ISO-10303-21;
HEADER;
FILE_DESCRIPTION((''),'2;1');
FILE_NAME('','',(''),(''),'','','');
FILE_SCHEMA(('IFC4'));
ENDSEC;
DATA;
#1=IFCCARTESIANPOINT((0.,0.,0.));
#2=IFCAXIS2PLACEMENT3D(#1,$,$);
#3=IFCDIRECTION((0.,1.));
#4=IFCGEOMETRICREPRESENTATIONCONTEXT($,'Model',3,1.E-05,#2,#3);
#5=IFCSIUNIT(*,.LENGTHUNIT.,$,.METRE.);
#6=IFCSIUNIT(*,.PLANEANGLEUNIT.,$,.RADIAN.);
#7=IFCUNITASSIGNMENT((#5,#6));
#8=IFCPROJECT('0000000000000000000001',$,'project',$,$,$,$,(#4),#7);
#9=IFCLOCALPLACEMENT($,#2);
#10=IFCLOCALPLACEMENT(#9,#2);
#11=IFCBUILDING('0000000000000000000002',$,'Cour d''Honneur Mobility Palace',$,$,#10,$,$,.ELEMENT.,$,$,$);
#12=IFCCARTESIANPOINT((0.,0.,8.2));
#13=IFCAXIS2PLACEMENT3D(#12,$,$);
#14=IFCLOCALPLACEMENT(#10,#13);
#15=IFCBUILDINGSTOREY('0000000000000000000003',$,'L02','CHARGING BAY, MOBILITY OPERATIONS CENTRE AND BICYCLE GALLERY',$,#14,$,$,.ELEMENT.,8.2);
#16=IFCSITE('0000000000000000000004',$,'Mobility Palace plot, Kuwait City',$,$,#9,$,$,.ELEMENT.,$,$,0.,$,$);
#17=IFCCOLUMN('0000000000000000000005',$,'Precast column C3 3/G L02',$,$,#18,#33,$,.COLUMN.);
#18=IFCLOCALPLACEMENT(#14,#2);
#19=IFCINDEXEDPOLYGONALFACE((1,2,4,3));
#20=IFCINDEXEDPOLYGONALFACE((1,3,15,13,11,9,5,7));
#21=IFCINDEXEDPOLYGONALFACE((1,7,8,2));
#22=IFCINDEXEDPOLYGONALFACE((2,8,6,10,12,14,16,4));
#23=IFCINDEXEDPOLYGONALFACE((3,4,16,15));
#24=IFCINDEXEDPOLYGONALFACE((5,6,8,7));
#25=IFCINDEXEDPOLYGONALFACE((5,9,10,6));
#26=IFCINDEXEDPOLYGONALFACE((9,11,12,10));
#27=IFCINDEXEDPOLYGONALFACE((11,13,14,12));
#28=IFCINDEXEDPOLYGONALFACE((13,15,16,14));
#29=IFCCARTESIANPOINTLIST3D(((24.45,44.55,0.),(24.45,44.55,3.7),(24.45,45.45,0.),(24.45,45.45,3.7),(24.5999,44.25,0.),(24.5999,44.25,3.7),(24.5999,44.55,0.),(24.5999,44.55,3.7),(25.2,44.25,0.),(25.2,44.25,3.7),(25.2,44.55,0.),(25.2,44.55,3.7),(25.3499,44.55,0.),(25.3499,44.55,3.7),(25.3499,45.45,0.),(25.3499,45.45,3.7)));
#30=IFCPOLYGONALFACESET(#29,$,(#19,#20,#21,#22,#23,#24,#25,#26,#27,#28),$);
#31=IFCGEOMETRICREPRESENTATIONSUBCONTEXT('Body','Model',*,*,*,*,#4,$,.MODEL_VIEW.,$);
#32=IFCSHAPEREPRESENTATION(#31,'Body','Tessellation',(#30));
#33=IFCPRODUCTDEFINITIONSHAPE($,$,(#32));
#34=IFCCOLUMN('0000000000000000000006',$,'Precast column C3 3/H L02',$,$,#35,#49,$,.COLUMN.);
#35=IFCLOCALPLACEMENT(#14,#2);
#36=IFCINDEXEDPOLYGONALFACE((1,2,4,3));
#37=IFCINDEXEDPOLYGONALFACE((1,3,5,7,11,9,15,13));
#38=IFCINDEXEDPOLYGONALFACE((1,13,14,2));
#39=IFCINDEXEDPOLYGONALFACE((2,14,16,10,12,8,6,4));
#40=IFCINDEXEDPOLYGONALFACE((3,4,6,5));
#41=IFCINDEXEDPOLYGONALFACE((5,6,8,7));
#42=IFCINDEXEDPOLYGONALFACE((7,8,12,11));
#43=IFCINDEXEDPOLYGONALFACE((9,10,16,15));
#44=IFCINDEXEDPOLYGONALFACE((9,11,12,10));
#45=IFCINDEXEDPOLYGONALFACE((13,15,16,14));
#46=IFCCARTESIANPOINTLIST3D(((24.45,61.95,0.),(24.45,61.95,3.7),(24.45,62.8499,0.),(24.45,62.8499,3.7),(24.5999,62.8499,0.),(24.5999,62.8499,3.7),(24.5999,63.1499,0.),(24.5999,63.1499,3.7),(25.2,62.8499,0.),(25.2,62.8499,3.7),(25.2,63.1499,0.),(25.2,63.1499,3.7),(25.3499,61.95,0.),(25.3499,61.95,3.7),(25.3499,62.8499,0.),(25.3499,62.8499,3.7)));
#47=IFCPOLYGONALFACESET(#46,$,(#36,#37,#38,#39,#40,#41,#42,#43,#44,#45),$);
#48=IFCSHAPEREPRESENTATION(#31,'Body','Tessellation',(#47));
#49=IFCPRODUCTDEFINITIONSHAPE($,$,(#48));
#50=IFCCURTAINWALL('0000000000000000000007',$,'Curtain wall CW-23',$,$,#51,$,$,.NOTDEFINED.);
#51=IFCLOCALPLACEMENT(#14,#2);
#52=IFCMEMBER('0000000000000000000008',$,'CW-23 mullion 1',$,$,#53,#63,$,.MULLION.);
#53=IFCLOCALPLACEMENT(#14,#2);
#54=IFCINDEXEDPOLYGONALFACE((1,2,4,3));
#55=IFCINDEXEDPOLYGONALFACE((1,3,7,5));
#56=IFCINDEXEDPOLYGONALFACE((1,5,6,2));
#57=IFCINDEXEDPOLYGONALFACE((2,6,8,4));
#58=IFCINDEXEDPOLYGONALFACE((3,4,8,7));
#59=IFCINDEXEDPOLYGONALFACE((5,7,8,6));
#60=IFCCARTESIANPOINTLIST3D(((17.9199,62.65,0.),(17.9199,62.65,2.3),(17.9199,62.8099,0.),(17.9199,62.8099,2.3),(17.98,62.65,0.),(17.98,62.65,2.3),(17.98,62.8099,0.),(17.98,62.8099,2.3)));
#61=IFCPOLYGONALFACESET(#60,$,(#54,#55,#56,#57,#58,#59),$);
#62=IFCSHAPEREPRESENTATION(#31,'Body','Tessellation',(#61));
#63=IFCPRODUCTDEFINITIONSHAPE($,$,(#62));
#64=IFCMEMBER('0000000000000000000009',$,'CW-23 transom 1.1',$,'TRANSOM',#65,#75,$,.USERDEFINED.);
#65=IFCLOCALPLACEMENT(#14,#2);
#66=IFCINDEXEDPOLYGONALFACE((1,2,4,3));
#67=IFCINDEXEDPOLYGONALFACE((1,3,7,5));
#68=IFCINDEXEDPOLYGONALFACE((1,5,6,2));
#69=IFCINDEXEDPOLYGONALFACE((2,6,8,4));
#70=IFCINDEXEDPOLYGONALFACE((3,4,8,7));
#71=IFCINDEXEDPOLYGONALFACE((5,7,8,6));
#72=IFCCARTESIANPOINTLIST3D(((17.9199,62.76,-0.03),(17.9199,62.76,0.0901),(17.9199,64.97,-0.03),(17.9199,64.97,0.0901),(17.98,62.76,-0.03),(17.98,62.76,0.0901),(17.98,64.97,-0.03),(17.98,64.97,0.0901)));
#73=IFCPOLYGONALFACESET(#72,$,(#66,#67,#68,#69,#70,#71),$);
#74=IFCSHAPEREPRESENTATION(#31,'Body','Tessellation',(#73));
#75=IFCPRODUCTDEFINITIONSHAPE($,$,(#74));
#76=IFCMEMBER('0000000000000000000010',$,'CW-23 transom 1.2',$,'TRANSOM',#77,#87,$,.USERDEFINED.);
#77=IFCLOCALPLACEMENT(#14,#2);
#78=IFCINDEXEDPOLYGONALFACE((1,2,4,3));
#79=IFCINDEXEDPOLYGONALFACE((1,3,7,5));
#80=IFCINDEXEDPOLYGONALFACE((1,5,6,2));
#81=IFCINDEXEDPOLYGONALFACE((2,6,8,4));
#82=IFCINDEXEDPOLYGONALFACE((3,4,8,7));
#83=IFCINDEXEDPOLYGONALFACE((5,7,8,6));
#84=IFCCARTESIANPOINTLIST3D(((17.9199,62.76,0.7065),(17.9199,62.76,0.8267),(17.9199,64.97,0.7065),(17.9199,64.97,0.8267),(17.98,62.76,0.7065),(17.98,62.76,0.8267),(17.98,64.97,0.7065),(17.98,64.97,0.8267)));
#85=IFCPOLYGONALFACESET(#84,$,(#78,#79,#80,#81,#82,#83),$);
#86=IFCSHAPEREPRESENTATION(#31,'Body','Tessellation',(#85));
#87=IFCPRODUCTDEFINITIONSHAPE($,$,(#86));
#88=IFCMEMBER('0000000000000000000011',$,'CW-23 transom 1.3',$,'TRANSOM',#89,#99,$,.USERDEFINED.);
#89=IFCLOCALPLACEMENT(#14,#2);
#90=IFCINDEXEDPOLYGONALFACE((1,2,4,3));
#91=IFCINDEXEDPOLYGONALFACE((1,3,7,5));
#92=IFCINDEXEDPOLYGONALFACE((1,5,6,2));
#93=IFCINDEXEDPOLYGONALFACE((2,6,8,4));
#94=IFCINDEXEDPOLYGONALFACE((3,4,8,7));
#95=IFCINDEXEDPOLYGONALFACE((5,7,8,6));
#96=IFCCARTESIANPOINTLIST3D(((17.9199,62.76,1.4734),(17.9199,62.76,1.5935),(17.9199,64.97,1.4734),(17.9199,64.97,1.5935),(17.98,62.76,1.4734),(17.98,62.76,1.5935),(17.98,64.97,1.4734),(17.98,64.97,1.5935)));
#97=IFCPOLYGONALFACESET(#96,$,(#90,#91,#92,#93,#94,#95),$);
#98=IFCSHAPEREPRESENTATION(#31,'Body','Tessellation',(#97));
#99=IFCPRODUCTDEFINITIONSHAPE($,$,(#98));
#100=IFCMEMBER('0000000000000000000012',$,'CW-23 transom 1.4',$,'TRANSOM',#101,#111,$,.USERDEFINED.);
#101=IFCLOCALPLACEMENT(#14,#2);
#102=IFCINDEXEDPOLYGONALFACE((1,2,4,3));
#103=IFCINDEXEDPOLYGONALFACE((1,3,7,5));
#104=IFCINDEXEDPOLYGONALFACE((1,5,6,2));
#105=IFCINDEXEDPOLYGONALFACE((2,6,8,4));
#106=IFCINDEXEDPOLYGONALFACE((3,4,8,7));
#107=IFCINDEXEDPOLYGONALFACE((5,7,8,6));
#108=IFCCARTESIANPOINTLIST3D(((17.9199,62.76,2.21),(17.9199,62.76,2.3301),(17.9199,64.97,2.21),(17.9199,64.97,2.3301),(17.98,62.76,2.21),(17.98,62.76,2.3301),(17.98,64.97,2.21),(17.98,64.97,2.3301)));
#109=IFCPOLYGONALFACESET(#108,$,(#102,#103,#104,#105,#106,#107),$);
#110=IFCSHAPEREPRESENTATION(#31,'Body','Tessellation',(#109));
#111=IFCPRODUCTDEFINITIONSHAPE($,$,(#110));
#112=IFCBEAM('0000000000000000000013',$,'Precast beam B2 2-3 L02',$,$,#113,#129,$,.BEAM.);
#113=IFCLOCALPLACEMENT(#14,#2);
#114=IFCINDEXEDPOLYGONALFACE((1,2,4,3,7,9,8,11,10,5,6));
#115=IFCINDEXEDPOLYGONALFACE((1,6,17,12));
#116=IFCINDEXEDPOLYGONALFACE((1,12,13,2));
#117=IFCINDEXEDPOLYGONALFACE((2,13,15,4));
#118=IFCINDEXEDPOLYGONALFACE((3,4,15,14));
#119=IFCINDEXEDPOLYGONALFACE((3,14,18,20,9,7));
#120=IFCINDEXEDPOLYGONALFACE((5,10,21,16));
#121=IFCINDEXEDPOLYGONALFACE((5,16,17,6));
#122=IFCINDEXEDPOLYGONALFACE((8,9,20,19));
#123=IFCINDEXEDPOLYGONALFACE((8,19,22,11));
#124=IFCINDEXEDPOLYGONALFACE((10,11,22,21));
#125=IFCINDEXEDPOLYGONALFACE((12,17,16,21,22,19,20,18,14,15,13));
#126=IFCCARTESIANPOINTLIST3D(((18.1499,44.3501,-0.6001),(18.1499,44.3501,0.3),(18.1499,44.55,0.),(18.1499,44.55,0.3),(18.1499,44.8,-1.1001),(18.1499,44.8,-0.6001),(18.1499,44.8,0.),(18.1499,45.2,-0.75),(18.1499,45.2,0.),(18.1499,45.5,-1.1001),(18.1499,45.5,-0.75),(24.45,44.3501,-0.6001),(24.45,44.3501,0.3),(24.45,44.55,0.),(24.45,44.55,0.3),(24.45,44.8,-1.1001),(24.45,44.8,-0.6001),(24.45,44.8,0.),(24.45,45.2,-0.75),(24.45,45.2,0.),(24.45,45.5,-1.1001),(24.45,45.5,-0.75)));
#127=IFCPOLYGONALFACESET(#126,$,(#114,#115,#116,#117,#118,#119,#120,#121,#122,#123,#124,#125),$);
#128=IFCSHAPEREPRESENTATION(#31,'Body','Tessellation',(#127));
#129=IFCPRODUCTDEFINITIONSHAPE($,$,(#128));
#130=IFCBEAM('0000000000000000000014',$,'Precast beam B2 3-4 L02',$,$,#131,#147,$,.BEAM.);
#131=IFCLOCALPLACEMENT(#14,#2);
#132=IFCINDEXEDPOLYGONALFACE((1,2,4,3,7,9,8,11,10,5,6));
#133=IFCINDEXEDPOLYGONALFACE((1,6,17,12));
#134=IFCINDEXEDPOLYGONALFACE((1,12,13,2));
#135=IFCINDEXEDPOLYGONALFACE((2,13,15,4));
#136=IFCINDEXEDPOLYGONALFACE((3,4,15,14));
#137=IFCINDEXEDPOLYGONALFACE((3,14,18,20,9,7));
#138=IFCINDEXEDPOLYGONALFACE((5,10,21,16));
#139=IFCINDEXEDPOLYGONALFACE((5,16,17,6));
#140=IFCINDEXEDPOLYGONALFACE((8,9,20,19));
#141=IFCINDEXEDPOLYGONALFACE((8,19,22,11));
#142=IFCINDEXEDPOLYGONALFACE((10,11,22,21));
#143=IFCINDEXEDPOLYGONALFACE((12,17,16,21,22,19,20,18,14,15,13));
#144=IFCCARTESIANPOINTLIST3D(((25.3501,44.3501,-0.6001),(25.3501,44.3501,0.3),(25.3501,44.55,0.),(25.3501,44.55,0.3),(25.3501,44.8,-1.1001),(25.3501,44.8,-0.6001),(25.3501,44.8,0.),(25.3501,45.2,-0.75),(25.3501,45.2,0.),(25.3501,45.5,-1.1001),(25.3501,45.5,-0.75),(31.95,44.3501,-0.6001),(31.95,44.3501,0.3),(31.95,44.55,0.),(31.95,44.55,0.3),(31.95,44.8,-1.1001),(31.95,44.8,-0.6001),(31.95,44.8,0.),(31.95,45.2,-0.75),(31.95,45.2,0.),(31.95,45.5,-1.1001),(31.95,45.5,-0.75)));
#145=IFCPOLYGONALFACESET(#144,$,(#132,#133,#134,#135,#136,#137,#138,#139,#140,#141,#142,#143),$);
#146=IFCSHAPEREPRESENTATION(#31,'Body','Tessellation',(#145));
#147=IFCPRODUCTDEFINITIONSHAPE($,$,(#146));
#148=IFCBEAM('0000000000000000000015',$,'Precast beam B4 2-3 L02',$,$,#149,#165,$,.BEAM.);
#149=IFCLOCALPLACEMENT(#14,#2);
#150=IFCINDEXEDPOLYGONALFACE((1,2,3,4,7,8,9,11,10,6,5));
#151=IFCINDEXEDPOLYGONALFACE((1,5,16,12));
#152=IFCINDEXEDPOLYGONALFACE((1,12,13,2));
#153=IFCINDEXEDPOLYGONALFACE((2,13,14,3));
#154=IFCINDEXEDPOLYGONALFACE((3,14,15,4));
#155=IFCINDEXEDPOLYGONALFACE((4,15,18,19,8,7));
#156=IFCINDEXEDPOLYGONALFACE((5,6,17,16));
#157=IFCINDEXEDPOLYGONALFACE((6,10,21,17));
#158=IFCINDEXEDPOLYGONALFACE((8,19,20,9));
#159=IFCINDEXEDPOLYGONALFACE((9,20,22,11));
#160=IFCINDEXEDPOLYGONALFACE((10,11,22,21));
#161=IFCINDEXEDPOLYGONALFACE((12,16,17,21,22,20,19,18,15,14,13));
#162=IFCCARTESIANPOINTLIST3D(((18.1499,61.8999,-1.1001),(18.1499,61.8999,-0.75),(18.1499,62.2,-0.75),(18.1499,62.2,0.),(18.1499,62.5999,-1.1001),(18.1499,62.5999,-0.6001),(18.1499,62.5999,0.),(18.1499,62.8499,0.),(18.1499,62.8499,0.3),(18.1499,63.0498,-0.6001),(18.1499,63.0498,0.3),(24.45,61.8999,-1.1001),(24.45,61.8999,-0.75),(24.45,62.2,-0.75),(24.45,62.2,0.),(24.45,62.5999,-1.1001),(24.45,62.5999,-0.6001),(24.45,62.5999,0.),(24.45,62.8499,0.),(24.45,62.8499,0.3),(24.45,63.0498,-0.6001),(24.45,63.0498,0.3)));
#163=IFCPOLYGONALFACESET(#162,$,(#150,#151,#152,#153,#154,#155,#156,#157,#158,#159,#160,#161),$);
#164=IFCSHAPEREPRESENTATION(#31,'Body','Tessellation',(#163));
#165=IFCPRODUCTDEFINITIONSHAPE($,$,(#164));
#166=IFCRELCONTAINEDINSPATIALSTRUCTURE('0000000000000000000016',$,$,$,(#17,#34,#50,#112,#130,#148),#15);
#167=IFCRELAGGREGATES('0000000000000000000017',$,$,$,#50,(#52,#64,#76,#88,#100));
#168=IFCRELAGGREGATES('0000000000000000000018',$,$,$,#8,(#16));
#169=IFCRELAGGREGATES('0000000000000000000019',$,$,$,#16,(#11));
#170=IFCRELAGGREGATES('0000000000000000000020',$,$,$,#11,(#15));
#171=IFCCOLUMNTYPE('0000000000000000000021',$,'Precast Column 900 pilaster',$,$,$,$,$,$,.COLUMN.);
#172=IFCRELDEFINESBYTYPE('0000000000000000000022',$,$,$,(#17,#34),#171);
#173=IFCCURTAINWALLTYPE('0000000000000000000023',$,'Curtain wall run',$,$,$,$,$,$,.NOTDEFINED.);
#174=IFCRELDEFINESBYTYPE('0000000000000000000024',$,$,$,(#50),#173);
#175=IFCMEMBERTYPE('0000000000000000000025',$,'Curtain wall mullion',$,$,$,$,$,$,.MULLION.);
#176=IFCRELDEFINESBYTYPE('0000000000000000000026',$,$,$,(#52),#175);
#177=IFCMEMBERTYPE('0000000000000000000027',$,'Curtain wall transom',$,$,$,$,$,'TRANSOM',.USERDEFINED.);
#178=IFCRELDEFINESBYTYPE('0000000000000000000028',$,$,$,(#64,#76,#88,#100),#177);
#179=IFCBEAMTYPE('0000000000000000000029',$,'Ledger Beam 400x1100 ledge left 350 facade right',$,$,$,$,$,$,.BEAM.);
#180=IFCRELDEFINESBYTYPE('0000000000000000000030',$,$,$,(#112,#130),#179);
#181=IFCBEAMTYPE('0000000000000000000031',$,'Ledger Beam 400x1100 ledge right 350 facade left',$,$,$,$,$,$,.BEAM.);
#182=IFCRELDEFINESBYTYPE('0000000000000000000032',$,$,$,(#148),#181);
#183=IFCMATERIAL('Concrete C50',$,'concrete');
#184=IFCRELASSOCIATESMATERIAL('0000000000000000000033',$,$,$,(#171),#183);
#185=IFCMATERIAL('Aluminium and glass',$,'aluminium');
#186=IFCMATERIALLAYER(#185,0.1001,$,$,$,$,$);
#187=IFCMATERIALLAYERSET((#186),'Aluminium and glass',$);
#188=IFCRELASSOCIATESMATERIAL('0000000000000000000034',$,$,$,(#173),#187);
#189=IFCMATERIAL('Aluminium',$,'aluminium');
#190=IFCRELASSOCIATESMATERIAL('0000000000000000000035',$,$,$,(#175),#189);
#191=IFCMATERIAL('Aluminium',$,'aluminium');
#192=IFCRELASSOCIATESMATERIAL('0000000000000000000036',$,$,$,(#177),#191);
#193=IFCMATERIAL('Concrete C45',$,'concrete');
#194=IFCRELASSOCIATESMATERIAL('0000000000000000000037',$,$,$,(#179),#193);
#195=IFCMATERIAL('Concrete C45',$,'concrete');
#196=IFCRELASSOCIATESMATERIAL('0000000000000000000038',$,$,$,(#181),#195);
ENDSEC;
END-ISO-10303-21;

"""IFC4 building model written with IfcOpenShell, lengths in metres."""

from ifc_helpers import new_model, si_unit, direction, frame, origin, origin_2d, place, context, subcontext, project, spatial, polyline, rectangle, outline, extrude, material, layer, layer_set, material_profile, profile_set, type_object, element, aggregate, save


model = new_model("IFC4")

# Units and contexts
model_context = context("Model", 3, precision=1e-05, world=origin(), true_north=direction((0.0, 1.0)))
body_context = subcontext(model_context, "Body", "Model", "MODEL_VIEW")
ifc_project = project(units=[si_unit("LENGTHUNIT", "METRE"), si_unit("PLANEANGLEUNIT", "RADIAN")], contexts=[model_context])

# Site, building, storey
site_placement = place(None, origin())
site = spatial("IfcSite", under=ifc_project, at=site_placement, Name="Mobility Palace plot, Kuwait City", CompositionType="ELEMENT", RefElevation=0.0)
building_placement = place(site_placement, origin())
building = spatial("IfcBuilding", under=site, at=building_placement, Name="Cour d'Honneur Mobility Palace", CompositionType="ELEMENT")
storey_placement = place(building_placement, frame((0.0, 0.0, 8.2)))
storey = spatial("IfcBuildingStorey", under=building, at=storey_placement, Name="L02", Description="CHARGING BAY, MOBILITY OPERATIONS CENTRE AND BICYCLE GALLERY", CompositionType="ELEMENT", Elevation=8.2)

# Columns
ifc_material_1 = material(Name="Concrete C50", Category="concrete")
ifc_material_profile_1 = material_profile(ifc_material_1, outline(polyline([(-0.45, -0.45), (0.45, -0.45), (0.45, -0.3), (0.75, -0.3), (0.75, 0.3), (0.45, 0.3), (0.45, 0.45), (-0.45, 0.45), (-0.45, -0.45)])), Name="PC C900 pilaster")
ifc_profile_set_1 = profile_set([ifc_material_profile_1], Name="Concrete C50")
column_type = type_object("IfcColumnType", Name="Precast Column 900 pilaster", PredefinedType="COLUMN", material=ifc_profile_set_1)
for number, where, z_axis, x_axis, name in (
    (1, (24.8999, 45.0, 0.0), (0.0, 0.0, 1.0), (0.0, -1.0, 0.0), "Precast column C3 3/G L02"),
    (2, (24.8999, 62.3999, 0.0), (0.0, 0.0, 1.0), (0.0, 1.0, 0.0), "Precast column C3 3/H L02"),
):
    element("IfcColumn", number, at=place(storey_placement, frame(where, z_axis=z_axis, x_axis=x_axis)), inside=storey, type_object=column_type, Name=name, PredefinedType="COLUMN", context=body_context, shape_type="SweptSolid", body=[
        extrude(outline(polyline([(-0.45, -0.45), (0.45, -0.45), (0.45, -0.3), (0.75, -0.3), (0.75, 0.3), (0.45, 0.3), (0.45, 0.45), (-0.45, 0.45), (-0.45, -0.45)])), origin(), (0.0, 0.0, 1.0), 3.7),
    ])

# Curtain wall, members
ifc_material_2 = material(Name="Aluminium and glass", Category="aluminium")
ifc_layer_1 = layer(ifc_material_2, 0.1001)
ifc_layer_set_1 = layer_set([ifc_layer_1], Name="Aluminium and glass")
curtain_wall_type = type_object("IfcCurtainWallType", Name="Curtain wall run", PredefinedType="NOTDEFINED", material=ifc_layer_set_1)
curtain_wall_placement = place(storey_placement, origin())
curtain_wall = element("IfcCurtainWall", 3, at=curtain_wall_placement, inside=storey, type_object=curtain_wall_type, Name="Curtain wall CW-23", PredefinedType="NOTDEFINED")
ifc_material_3 = material(Name="Aluminium", Category="aluminium")
ifc_material_profile_2 = material_profile(ifc_material_3, rectangle(XDim=0.0601, YDim=0.1599, at=origin_2d()), Name="Curtain wall mullion")
ifc_profile_set_2 = profile_set([ifc_material_profile_2], Name="Aluminium")
member_type_1 = type_object("IfcMemberType", Name="Curtain wall mullion", PredefinedType="MULLION", material=ifc_profile_set_2)
member_1_placement = place(storey_placement, frame((17.95, 62.73, 0.0), z_axis=(0.0, 0.0, 1.0), x_axis=(-1.0, 0.0, 0.0)))
member_1 = element("IfcMember", 4, at=member_1_placement, type_object=member_type_1, Name="CW-23 mullion 1", PredefinedType="MULLION", context=body_context, shape_type="SweptSolid", body=[
    extrude(rectangle(XDim=0.0601, YDim=0.1599, at=origin_2d()), origin(), (0.0, 0.0, 1.0), 2.3),
])
ifc_material_4 = material(Name="Aluminium", Category="aluminium")
ifc_material_profile_3 = material_profile(ifc_material_4, rectangle(XDim=0.0601, YDim=0.1201, at=origin_2d()), Name="Curtain wall transom")
ifc_profile_set_3 = profile_set([ifc_material_profile_3], Name="Aluminium")
member_type_2 = type_object("IfcMemberType", Name="Curtain wall transom", ElementType="TRANSOM", PredefinedType="USERDEFINED", material=ifc_profile_set_3)
member_2_placement = place(storey_placement, frame((17.95, 62.76, 0.03), z_axis=(0.0, 1.0, 0.0), x_axis=(-1.0, 0.0, 0.0)))
member_2 = element("IfcMember", 5, at=member_2_placement, type_object=member_type_2, Name="CW-23 transom 1.1", ObjectType="TRANSOM", PredefinedType="USERDEFINED", context=body_context, shape_type="SweptSolid", body=[
    extrude(rectangle(XDim=0.0601, YDim=0.1201, at=origin_2d()), origin(), (0.0, 0.0, 1.0), 2.21),
])
member_3_placement = place(storey_placement, frame((17.95, 62.76, 0.7666), z_axis=(0.0, 1.0, 0.0), x_axis=(-1.0, 0.0, 0.0)))
member_3 = element("IfcMember", 6, at=member_3_placement, type_object=member_type_2, Name="CW-23 transom 1.2", ObjectType="TRANSOM", PredefinedType="USERDEFINED", context=body_context, shape_type="SweptSolid", body=[
    extrude(rectangle(XDim=0.0601, YDim=0.1201, at=origin_2d()), origin(), (0.0, 0.0, 1.0), 2.21),
])
member_4_placement = place(storey_placement, frame((17.95, 62.76, 1.5334), z_axis=(0.0, 1.0, 0.0), x_axis=(-1.0, 0.0, 0.0)))
member_4 = element("IfcMember", 7, at=member_4_placement, type_object=member_type_2, Name="CW-23 transom 1.3", ObjectType="TRANSOM", PredefinedType="USERDEFINED", context=body_context, shape_type="SweptSolid", body=[
    extrude(rectangle(XDim=0.0601, YDim=0.1201, at=origin_2d()), origin(), (0.0, 0.0, 1.0), 2.21),
])
member_5_placement = place(storey_placement, frame((17.95, 62.76, 2.27), z_axis=(0.0, 1.0, 0.0), x_axis=(-1.0, 0.0, 0.0)))
member_5 = element("IfcMember", 8, at=member_5_placement, type_object=member_type_2, Name="CW-23 transom 1.4", ObjectType="TRANSOM", PredefinedType="USERDEFINED", context=body_context, shape_type="SweptSolid", body=[
    extrude(rectangle(XDim=0.0601, YDim=0.1201, at=origin_2d()), origin(), (0.0, 0.0, 1.0), 2.21),
])
aggregate(curtain_wall, [member_1, member_2, member_3, member_4, member_5])

# Beams
ifc_material_5 = material(Name="Concrete C45", Category="concrete")
ifc_material_profile_4 = material_profile(ifc_material_5, outline(polyline([(0.5, -1.1001), (0.5, -0.75), (0.2, -0.75), (0.2, 0.0), (-0.2, 0.0), (-0.45, 0.0), (-0.45, 0.3), (-0.6499, 0.3), (-0.6499, -0.6001), (-0.2, -0.6001), (-0.2, -1.1001), (0.5, -1.1001)])), Name="Ledger Beam 400x1100 ledge left 350 facade right")
ifc_profile_set_4 = profile_set([ifc_material_profile_4], Name="Concrete C45")
beam_type_1 = type_object("IfcBeamType", Name="Ledger Beam 400x1100 ledge left 350 facade right", PredefinedType="BEAM", material=ifc_profile_set_4)
beam_1_placement = place(storey_placement, frame((18.1499, 45.0, 0.0), z_axis=(1.0, 0.0, 0.0), x_axis=(0.0, 1.0, 0.0)))
element("IfcBeam", 9, at=beam_1_placement, inside=storey, type_object=beam_type_1, Name="Precast beam B2 2-3 L02", PredefinedType="BEAM", context=body_context, shape_type="SweptSolid", body=[
    extrude(outline(polyline([(0.5, -1.1001), (0.5, -0.75), (0.2, -0.75), (0.2, 0.0), (-0.2, 0.0), (-0.45, 0.0), (-0.45, 0.3), (-0.6499, 0.3), (-0.6499, -0.6001), (-0.2, -0.6001), (-0.2, -1.1001), (0.5, -1.1001)])), origin(), (0.0, 0.0, 1.0), 6.3),
])
beam_2_placement = place(storey_placement, frame((25.3501, 45.0, 0.0), z_axis=(1.0, 0.0, 0.0), x_axis=(0.0, 1.0, 0.0)))
element("IfcBeam", 10, at=beam_2_placement, inside=storey, type_object=beam_type_1, Name="Precast beam B2 3-4 L02", PredefinedType="BEAM", context=body_context, shape_type="SweptSolid", body=[
    extrude(outline(polyline([(0.5, -1.1001), (0.5, -0.75), (0.2, -0.75), (0.2, 0.0), (-0.2, 0.0), (-0.45, 0.0), (-0.45, 0.3), (-0.6499, 0.3), (-0.6499, -0.6001), (-0.2, -0.6001), (-0.2, -1.1001), (0.5, -1.1001)])), origin(), (0.0, 0.0, 1.0), 6.5999),
])
ifc_material_6 = material(Name="Concrete C45", Category="concrete")
ifc_material_profile_5 = material_profile(ifc_material_6, outline(polyline([(0.2, -1.1001), (0.2, -0.6001), (0.6499, -0.6001), (0.6499, 0.3), (0.45, 0.3), (0.45, 0.0), (0.2, 0.0), (-0.2, 0.0), (-0.2, -0.75), (-0.5, -0.75), (-0.5, -1.1001), (0.2, -1.1001)])), Name="Ledger Beam 400x1100 ledge right 350 facade left")
ifc_profile_set_5 = profile_set([ifc_material_profile_5], Name="Concrete C45")
beam_type_2 = type_object("IfcBeamType", Name="Ledger Beam 400x1100 ledge right 350 facade left", PredefinedType="BEAM", material=ifc_profile_set_5)
beam_3_placement = place(storey_placement, frame((18.1499, 62.3999, 0.0), z_axis=(1.0, 0.0, 0.0), x_axis=(0.0, 1.0, 0.0)))
element("IfcBeam", 11, at=beam_3_placement, inside=storey, type_object=beam_type_2, Name="Precast beam B4 2-3 L02", PredefinedType="BEAM", context=body_context, shape_type="SweptSolid", body=[
    extrude(outline(polyline([(0.2, -1.1001), (0.2, -0.6001), (0.6499, -0.6001), (0.6499, 0.3), (0.45, 0.3), (0.45, 0.0), (0.2, 0.0), (-0.2, 0.0), (-0.2, -0.75), (-0.5, -0.75), (-0.5, -1.1001), (0.2, -1.1001)])), origin(), (0.0, 0.0, 1.0), 6.3),
])

save(model, "model.ifc")
